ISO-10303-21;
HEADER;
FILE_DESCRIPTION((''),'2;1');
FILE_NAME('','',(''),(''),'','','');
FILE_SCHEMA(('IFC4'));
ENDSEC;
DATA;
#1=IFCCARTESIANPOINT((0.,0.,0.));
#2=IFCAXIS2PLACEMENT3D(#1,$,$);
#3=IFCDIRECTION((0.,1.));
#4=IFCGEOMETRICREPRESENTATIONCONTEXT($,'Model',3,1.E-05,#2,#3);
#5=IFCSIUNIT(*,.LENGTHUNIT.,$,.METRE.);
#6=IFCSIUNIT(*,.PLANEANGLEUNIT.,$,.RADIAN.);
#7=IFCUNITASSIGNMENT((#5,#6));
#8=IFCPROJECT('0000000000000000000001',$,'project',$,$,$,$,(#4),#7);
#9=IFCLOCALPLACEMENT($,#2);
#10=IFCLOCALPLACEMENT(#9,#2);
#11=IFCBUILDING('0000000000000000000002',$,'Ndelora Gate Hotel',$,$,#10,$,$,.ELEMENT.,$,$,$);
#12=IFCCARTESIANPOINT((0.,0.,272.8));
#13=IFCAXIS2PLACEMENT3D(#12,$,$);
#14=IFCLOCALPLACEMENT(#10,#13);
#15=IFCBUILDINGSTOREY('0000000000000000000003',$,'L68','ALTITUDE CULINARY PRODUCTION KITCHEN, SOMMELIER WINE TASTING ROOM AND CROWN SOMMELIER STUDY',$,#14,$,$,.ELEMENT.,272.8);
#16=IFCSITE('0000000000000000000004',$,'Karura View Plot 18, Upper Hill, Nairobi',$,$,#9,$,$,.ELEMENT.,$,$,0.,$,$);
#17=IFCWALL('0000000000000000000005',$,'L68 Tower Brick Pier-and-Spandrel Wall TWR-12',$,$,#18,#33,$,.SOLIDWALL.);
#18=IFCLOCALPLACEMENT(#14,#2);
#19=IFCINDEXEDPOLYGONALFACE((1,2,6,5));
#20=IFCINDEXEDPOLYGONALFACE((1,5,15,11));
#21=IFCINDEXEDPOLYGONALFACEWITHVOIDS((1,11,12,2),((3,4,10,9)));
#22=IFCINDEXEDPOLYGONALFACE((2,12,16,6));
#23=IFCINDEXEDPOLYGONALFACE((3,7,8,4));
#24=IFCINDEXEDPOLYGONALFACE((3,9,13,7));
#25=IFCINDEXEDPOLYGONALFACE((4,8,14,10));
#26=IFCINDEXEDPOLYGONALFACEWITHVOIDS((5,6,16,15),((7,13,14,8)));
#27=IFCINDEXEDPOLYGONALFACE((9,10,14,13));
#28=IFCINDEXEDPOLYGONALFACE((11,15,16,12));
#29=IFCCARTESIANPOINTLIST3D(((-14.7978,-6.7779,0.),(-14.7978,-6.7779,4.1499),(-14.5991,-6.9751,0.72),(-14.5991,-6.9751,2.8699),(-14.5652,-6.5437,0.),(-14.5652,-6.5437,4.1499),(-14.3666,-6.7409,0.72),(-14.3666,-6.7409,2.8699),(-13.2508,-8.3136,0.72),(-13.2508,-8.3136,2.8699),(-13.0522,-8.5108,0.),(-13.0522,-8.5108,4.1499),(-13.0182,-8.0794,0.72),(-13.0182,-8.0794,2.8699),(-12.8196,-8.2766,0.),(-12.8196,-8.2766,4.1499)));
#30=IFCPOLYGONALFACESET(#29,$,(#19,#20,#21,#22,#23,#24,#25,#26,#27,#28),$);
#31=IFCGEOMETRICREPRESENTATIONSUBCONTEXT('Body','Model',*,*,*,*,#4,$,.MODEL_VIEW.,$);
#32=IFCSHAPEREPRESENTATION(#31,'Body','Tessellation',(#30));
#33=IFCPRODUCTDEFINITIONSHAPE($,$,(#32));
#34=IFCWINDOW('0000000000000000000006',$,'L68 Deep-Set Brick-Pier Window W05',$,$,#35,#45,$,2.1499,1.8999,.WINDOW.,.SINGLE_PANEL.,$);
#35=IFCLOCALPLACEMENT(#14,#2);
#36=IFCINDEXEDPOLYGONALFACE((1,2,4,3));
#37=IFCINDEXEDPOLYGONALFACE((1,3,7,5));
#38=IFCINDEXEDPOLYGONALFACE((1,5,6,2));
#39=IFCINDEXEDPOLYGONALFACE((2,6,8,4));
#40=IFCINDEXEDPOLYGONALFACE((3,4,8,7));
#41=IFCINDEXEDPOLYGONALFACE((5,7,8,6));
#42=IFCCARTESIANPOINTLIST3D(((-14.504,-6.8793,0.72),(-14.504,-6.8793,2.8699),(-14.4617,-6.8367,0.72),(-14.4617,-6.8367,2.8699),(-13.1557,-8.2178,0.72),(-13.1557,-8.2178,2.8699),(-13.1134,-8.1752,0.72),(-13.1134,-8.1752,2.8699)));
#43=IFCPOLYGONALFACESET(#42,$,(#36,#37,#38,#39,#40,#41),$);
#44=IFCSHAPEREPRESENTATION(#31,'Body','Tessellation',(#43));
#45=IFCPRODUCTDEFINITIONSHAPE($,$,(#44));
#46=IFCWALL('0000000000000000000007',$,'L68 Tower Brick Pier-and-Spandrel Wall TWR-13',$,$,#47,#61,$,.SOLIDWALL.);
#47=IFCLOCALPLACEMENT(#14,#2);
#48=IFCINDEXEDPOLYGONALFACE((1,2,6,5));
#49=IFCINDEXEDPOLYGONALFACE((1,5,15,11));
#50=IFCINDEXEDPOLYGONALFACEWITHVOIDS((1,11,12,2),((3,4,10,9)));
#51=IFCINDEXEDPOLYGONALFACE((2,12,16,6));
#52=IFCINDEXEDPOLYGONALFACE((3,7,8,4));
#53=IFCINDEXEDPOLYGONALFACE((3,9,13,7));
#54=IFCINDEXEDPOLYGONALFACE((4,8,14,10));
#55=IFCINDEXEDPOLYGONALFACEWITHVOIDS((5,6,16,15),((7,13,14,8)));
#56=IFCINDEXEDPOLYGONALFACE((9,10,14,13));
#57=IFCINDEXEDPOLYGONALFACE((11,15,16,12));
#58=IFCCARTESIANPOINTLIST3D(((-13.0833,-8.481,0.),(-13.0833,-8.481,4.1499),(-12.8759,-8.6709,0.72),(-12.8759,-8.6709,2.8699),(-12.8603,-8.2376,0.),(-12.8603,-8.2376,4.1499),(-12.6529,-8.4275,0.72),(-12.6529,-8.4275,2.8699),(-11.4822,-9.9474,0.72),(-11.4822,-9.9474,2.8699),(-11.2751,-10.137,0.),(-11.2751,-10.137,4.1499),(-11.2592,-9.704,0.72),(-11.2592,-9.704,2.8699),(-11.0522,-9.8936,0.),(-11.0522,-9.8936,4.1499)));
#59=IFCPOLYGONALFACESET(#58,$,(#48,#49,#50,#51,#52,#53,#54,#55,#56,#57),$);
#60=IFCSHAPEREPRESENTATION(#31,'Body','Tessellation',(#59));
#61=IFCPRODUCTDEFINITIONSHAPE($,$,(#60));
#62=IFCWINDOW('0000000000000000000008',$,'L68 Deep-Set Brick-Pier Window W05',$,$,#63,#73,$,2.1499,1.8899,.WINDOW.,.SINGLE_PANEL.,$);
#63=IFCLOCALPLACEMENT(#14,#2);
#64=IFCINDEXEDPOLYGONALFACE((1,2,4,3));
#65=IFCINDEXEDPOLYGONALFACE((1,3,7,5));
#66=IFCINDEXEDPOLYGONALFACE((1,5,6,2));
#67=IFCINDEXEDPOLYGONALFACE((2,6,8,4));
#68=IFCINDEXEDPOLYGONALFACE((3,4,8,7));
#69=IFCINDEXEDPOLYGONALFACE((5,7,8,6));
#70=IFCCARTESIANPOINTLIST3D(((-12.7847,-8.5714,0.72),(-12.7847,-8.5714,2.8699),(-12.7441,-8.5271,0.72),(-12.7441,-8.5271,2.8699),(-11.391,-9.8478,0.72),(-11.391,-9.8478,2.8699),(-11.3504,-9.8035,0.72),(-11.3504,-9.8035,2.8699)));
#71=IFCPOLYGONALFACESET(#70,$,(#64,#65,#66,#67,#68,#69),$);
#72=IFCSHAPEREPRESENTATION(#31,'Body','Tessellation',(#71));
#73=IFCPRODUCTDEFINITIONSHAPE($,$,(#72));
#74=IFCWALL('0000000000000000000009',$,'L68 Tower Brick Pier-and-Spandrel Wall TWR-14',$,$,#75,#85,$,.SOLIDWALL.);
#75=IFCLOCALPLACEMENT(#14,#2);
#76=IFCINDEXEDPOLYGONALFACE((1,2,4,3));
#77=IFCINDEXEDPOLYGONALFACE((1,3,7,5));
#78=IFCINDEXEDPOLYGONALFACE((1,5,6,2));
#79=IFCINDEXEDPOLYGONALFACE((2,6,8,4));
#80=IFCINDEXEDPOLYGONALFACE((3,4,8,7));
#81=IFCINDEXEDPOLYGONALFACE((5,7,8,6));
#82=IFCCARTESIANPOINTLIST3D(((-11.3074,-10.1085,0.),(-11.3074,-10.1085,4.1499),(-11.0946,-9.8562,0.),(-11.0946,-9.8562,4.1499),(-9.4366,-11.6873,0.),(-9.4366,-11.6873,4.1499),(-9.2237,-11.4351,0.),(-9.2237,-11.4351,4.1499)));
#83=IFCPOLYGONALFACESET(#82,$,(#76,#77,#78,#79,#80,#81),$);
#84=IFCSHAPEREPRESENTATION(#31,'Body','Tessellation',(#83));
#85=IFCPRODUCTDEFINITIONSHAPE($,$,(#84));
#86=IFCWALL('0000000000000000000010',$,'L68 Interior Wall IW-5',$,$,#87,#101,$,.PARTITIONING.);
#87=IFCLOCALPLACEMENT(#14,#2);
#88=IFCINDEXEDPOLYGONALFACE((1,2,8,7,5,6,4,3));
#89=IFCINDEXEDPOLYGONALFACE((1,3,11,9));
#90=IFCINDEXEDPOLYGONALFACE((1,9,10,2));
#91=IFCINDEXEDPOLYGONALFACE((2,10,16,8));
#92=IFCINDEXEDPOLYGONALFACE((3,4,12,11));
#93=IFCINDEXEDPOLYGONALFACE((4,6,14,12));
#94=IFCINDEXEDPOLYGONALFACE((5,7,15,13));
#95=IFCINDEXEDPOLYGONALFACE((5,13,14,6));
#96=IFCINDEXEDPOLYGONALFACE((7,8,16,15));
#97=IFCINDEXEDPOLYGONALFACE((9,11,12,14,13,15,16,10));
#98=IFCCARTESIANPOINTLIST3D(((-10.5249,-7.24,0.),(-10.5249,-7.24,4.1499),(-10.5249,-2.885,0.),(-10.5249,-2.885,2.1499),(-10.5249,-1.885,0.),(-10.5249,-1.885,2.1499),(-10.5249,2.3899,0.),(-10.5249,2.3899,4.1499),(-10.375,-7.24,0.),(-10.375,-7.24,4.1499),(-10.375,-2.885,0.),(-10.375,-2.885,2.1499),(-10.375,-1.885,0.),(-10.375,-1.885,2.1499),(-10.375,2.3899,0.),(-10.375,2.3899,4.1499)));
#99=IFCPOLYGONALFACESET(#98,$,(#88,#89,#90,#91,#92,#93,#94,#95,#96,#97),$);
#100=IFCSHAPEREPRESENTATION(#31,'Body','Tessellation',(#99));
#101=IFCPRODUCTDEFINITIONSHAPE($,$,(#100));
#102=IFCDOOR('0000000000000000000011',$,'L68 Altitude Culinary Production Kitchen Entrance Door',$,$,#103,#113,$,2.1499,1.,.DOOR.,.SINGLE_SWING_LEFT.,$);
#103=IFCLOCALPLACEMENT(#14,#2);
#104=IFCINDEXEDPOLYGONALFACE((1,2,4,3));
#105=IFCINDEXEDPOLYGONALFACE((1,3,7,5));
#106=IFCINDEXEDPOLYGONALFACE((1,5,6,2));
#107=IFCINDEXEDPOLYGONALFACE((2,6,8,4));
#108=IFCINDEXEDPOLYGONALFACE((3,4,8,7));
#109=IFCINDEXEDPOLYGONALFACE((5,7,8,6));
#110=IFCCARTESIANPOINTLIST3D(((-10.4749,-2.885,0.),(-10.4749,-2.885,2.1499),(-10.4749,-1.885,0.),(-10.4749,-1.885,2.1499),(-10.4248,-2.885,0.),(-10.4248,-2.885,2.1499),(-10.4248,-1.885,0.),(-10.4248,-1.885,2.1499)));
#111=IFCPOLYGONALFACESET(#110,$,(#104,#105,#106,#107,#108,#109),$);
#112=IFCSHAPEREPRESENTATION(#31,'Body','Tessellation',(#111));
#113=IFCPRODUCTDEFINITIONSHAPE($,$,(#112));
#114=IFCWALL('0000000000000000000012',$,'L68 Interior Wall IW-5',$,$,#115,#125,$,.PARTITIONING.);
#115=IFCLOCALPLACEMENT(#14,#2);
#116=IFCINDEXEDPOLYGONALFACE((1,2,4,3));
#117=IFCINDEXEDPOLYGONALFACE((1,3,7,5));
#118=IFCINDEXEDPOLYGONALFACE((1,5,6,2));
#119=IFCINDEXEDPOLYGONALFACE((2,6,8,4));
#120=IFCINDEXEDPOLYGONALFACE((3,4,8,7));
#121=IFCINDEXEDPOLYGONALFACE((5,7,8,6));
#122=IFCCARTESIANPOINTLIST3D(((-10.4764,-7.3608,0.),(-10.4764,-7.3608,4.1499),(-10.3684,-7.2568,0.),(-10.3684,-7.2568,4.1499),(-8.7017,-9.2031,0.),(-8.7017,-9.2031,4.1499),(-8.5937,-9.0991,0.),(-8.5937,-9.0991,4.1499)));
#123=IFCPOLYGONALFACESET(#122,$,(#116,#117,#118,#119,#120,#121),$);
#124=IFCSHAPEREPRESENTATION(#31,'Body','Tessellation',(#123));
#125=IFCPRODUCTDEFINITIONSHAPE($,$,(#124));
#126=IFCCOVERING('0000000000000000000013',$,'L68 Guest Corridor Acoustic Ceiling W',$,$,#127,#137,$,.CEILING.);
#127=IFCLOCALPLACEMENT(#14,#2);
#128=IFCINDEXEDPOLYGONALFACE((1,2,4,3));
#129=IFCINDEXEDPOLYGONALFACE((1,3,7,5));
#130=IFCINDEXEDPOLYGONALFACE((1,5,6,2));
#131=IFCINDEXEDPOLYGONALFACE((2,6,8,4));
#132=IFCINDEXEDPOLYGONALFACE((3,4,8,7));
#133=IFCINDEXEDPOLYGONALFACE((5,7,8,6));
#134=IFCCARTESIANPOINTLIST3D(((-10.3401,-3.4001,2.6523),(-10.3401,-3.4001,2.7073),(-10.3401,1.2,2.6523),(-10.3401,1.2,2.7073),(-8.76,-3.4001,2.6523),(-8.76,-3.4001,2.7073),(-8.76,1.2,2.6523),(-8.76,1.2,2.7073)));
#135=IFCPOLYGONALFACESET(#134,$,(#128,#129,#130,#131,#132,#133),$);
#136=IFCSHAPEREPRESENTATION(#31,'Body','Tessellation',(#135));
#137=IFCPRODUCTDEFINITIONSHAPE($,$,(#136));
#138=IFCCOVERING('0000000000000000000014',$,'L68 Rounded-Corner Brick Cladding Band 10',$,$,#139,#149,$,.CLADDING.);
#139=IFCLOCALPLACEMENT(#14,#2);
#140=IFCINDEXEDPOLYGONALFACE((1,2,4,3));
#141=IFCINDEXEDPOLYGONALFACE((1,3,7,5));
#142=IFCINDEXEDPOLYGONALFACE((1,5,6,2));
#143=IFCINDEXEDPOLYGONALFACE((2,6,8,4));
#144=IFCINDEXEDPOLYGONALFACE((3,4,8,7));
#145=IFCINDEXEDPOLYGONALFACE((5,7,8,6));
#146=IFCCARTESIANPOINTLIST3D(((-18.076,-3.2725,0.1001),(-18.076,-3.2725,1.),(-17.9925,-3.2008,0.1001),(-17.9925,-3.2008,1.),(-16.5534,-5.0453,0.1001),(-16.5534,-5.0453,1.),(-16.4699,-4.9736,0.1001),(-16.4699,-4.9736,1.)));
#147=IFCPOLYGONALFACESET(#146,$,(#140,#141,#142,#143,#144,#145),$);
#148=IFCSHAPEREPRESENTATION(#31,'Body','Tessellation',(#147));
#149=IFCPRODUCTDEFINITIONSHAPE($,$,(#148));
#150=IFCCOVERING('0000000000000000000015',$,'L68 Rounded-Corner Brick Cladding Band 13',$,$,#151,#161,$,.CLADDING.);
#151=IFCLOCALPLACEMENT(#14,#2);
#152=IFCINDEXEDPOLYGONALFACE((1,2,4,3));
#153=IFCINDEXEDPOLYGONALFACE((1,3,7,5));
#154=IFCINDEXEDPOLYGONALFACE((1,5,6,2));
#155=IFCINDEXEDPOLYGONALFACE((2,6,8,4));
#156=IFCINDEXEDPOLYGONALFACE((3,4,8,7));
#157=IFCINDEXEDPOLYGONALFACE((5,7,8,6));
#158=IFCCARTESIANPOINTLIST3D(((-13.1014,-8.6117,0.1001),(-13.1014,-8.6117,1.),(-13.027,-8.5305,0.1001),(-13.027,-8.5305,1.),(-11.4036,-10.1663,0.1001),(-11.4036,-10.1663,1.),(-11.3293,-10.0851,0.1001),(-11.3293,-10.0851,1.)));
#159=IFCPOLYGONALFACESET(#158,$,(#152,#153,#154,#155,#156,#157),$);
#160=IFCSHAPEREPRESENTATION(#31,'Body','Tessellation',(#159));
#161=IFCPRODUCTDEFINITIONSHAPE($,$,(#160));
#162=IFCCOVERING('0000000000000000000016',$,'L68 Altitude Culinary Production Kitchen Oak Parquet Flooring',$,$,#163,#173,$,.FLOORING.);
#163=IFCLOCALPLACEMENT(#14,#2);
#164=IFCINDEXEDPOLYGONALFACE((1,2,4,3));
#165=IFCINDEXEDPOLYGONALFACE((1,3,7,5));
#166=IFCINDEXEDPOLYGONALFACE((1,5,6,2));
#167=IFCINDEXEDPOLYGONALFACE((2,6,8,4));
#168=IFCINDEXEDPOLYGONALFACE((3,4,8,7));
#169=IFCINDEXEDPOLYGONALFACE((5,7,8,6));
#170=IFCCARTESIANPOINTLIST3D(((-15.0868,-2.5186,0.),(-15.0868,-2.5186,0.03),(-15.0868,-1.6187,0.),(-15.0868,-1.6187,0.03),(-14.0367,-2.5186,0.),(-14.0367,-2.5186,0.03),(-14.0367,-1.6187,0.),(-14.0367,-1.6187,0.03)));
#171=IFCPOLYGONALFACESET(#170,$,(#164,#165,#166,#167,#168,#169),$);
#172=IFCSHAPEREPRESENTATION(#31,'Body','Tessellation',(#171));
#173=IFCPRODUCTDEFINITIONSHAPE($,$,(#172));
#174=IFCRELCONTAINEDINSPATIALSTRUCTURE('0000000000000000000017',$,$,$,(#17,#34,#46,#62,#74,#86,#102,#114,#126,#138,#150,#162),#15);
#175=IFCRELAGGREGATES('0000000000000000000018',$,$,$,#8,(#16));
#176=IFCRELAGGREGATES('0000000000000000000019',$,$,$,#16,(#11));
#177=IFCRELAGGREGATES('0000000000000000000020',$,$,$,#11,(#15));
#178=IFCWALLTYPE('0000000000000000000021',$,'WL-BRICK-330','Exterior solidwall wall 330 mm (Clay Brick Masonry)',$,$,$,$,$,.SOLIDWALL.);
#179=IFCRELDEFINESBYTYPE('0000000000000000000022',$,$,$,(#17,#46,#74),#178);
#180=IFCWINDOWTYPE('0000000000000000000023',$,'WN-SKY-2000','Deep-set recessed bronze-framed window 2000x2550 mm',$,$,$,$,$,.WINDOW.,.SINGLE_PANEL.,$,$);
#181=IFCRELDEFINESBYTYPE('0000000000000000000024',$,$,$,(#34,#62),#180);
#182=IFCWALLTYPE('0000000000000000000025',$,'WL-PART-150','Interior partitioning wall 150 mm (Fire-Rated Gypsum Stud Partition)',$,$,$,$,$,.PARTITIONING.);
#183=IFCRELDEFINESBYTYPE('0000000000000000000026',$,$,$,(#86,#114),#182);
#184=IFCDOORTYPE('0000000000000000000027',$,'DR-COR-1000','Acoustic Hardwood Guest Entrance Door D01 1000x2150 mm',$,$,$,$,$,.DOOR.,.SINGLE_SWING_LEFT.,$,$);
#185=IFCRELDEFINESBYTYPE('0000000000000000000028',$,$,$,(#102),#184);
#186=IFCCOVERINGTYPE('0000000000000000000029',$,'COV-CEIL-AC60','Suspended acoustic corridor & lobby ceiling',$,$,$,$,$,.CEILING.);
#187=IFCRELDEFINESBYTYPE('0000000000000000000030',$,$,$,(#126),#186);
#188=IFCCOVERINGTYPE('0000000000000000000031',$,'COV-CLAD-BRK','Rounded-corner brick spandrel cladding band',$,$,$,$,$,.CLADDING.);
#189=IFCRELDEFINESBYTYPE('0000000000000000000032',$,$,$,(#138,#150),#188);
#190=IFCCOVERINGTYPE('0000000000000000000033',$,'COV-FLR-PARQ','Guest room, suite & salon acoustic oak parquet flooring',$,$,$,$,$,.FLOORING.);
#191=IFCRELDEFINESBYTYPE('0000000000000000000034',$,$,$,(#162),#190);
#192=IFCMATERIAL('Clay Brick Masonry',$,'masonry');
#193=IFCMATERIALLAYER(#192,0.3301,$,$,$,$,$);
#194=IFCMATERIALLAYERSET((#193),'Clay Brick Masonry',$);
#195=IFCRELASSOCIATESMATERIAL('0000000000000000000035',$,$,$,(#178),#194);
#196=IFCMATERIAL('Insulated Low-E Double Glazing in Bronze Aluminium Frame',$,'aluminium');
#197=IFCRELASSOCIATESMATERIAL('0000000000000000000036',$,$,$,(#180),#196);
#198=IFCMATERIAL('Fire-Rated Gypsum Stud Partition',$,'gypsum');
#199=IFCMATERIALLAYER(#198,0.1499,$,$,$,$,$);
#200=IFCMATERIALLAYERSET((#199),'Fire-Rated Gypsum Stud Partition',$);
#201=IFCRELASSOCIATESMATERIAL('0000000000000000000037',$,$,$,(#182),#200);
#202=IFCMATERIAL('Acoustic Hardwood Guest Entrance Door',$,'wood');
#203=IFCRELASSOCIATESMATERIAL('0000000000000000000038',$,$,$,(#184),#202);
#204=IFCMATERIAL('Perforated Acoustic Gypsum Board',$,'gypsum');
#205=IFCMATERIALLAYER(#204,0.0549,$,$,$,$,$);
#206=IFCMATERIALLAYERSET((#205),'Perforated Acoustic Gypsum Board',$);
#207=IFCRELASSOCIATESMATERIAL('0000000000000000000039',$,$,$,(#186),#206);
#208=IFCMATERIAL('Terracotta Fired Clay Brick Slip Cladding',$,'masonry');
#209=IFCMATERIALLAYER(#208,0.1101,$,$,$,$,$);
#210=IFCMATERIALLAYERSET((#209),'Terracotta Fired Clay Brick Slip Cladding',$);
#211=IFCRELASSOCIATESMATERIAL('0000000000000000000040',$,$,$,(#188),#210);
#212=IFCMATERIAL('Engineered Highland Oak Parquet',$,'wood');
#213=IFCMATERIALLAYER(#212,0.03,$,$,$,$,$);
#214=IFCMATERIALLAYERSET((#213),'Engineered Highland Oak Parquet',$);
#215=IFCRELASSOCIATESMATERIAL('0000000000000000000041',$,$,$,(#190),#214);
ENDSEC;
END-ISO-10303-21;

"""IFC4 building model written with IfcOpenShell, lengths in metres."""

from ifc_helpers import new_model, si_unit, direction, frame, frame_2d, origin, origin_2d, place, context, subcontext, project, spatial, rectangle, extrude, material, layer, layer_set, type_object, element, fill, save


model = new_model("IFC4")

# Units and contexts
model_context = context("Model", 3, precision=1e-05, world=origin(), true_north=direction((0.0, 1.0)))
body_context = subcontext(model_context, "Body", "Model", "MODEL_VIEW")
ifc_project = project(units=[si_unit("LENGTHUNIT", "METRE"), si_unit("PLANEANGLEUNIT", "RADIAN")], contexts=[model_context])

# Site, building, storey
site_placement = place(None, origin())
site = spatial("IfcSite", under=ifc_project, at=site_placement, Name="Karura View Plot 18, Upper Hill, Nairobi", CompositionType="ELEMENT", RefElevation=0.0)
building_placement = place(site_placement, origin())
building = spatial("IfcBuilding", under=site, at=building_placement, Name="Ndelora Gate Hotel", CompositionType="ELEMENT")
storey_placement = place(building_placement, frame((0.0, 0.0, 272.8)))
storey = spatial("IfcBuildingStorey", under=building, at=storey_placement, Name="L68", Description="ALTITUDE CULINARY PRODUCTION KITCHEN, SOMMELIER WINE TASTING ROOM AND CROWN SOMMELIER STUDY", CompositionType="ELEMENT", Elevation=272.8)

# Shared definitions
ifc_material_1 = material(Name="Clay Brick Masonry", Category="masonry")
ifc_layer_1 = layer(ifc_material_1, 0.3301)
ifc_layer_set_1 = layer_set([ifc_layer_1], Name="Clay Brick Masonry")
wall_type_1 = type_object("IfcWallType", Name="WL-BRICK-330", Description="Exterior solidwall wall 330 mm (Clay Brick Masonry)", PredefinedType="SOLIDWALL", material=ifc_layer_set_1)
ifc_material_2 = material(Name="Insulated Low-E Double Glazing in Bronze Aluminium Frame", Category="aluminium")
window_type = type_object("IfcWindowType", Name="WN-SKY-2000", Description="Deep-set recessed bronze-framed window 2000x2550 mm", PartitioningType="SINGLE_PANEL", PredefinedType="WINDOW", material=ifc_material_2)

# Walls, openings, windows
wall_1_placement = place(storey_placement, frame((-12.9358, -8.3938, 0.0), z_axis=(0.0, 0.0, 1.0), x_axis=(-0.709683, 0.704521, 0.0)))
wall_1 = element("IfcWall", 1, at=wall_1_placement, inside=storey, type_object=wall_type_1, Name="L68 Tower Brick Pier-and-Spandrel Wall TWR-12", PredefinedType="SOLIDWALL", context=body_context, shape_type="SweptSolid", body=[
    extrude(rectangle(XDim=2.4597, YDim=0.3301, at=frame_2d((1.23, 0.0))), origin(), (0.0, 0.0, 1.0), 4.1499),
])
opening_1_placement = place(wall_1_placement, frame((0.28, 0.0, 0.72)))
opening_1 = element("IfcOpeningElement", 2, at=opening_1_placement, cuts=wall_1, PredefinedType="OPENING", context=body_context, shape_type="SweptSolid", body=[
    extrude(rectangle(XDim=1.8999, YDim=2.1499, at=frame_2d((0.95, 1.075))), frame((0.0, 0.175, 0.0), z_axis=(0.0, -1.0, 0.0), x_axis=(1.0, 0.0, 0.0)), (0.0, 0.0, 1.0), 0.3501),
])
window_1_placement = place(opening_1_placement, origin())
window_1 = element("IfcWindow", 3, at=window_1_placement, inside=storey, type_object=window_type, Name="L68 Deep-Set Brick-Pier Window W05", OverallHeight=2.1499, OverallWidth=1.8999, PartitioningType="SINGLE_PANEL", PredefinedType="WINDOW", context=body_context, shape_type="SweptSolid", body=[
    extrude(rectangle(XDim=1.8999, YDim=2.1499, at=frame_2d((0.95, 1.075))), frame((0.0, 0.03, 0.0), z_axis=(0.0, -1.0, 0.0), x_axis=(1.0, 0.0, 0.0)), (0.0, 0.0, 1.0), 0.0601),
])
fill(opening_1, window_1)
wall_2_placement = place(storey_placement, frame((-11.1636, -10.0154, 0.0), z_axis=(0.0, 0.0, 1.0), x_axis=(-0.737443, 0.675409, 0.0)))
wall_2 = element("IfcWall", 4, at=wall_2_placement, inside=storey, type_object=wall_type_1, Name="L68 Tower Brick Pier-and-Spandrel Wall TWR-13", PredefinedType="SOLIDWALL", context=body_context, shape_type="SweptSolid", body=[
    extrude(rectangle(XDim=2.4519, YDim=0.3301, at=frame_2d((1.2261, 0.0))), origin(), (0.0, 0.0, 1.0), 4.1499),
])
opening_2_placement = place(wall_2_placement, frame((0.281, 0.0, 0.72)))
opening_2 = element("IfcOpeningElement", 5, at=opening_2_placement, cuts=wall_2, PredefinedType="OPENING", context=body_context, shape_type="SweptSolid", body=[
    extrude(rectangle(XDim=1.8899, YDim=2.1499, at=frame_2d((0.9448, 1.075))), frame((0.0, 0.175, 0.0), z_axis=(0.0, -1.0, 0.0), x_axis=(1.0, 0.0, 0.0)), (0.0, 0.0, 1.0), 0.3501),
])
window_2_placement = place(opening_2_placement, origin())
window_2 = element("IfcWindow", 6, at=window_2_placement, inside=storey, type_object=window_type, Name="L68 Deep-Set Brick-Pier Window W05", OverallHeight=2.1499, OverallWidth=1.8899, PartitioningType="SINGLE_PANEL", PredefinedType="WINDOW", context=body_context, shape_type="SweptSolid", body=[
    extrude(rectangle(XDim=1.8899, YDim=2.1499, at=frame_2d((0.9448, 1.075))), frame((0.0, 0.03, 0.0), z_axis=(0.0, -1.0, 0.0), x_axis=(1.0, 0.0, 0.0)), (0.0, 0.0, 1.0), 0.0601),
])
fill(opening_2, window_2)

# Wall
wall_3_placement = place(storey_placement, frame((-9.3301, -11.5613, 0.0), z_axis=(0.0, 0.0, 1.0), x_axis=(-0.764225, 0.644949, 0.0)))
element("IfcWall", 7, at=wall_3_placement, inside=storey, type_object=wall_type_1, Name="L68 Tower Brick Pier-and-Spandrel Wall TWR-14", PredefinedType="SOLIDWALL", context=body_context, shape_type="SweptSolid", body=[
    extrude(rectangle(XDim=2.448, YDim=0.3301, at=frame_2d((1.2241, 0.0))), origin(), (0.0, 0.0, 1.0), 4.1499),
])

# Wall, opening, door
ifc_material_3 = material(Name="Fire-Rated Gypsum Stud Partition", Category="gypsum")
ifc_layer_2 = layer(ifc_material_3, 0.1499)
ifc_layer_set_2 = layer_set([ifc_layer_2], Name="Fire-Rated Gypsum Stud Partition")
wall_type_2 = type_object("IfcWallType", Name="WL-PART-150", Description="Interior partitioning wall 150 mm (Fire-Rated Gypsum Stud Partition)", PredefinedType="PARTITIONING", material=ifc_layer_set_2)
wall_4_placement = place(storey_placement, frame((-10.45, -7.24, 0.0), z_axis=(0.0, 0.0, 1.0), x_axis=(0.0, 1.0, 0.0)))
wall_4 = element("IfcWall", 8, at=wall_4_placement, inside=storey, type_object=wall_type_2, Name="L68 Interior Wall IW-5", PredefinedType="PARTITIONING", context=body_context, shape_type="SweptSolid", body=[
    extrude(rectangle(XDim=9.6299, YDim=0.1499, at=frame_2d((4.8149, 0.0))), origin(), (0.0, 0.0, 1.0), 4.1499),
])
opening_3_placement = place(wall_4_placement, frame((4.355, 0.0, 0.0)))
opening_3 = element("IfcOpeningElement", 9, at=opening_3_placement, cuts=wall_4, PredefinedType="OPENING", context=body_context, shape_type="SweptSolid", body=[
    extrude(rectangle(XDim=1.0, YDim=2.1499, at=frame_2d((0.5, 1.075))), frame((0.0, 0.085, 0.0), z_axis=(0.0, -1.0, 0.0), x_axis=(1.0, 0.0, 0.0)), (0.0, 0.0, 1.0), 0.1699),
])
ifc_material_4 = material(Name="Acoustic Hardwood Guest Entrance Door", Category="wood")
door_type = type_object("IfcDoorType", Name="DR-COR-1000", Description="Acoustic Hardwood Guest Entrance Door D01 1000x2150 mm", OperationType="SINGLE_SWING_LEFT", PredefinedType="DOOR", material=ifc_material_4)
door_placement = place(opening_3_placement, origin())
door = element("IfcDoor", 10, at=door_placement, inside=storey, type_object=door_type, Name="L68 Altitude Culinary Production Kitchen Entrance Door", OperationType="SINGLE_SWING_LEFT", OverallHeight=2.1499, OverallWidth=1.0, PredefinedType="DOOR", context=body_context, shape_type="SweptSolid", body=[
    extrude(rectangle(XDim=1.0, YDim=2.1499, at=frame_2d((0.5, 1.075))), frame((0.0, 0.0249, 0.0), z_axis=(0.0, -1.0, 0.0), x_axis=(1.0, 0.0, 0.0)), (0.0, 0.0, 1.0), 0.05),
])
fill(opening_3, door)

# Wall
wall_5_placement = place(storey_placement, frame((-8.6477, -9.1511, 0.0), z_axis=(0.0, 0.0, 1.0), x_axis=(-0.693765, 0.720202, 0.0)))
element("IfcWall", 11, at=wall_5_placement, inside=storey, type_object=wall_type_2, Name="L68 Interior Wall IW-5", PredefinedType="PARTITIONING", context=body_context, shape_type="SweptSolid", body=[
    extrude(rectangle(XDim=2.5581, YDim=0.1499, at=frame_2d((1.2791, 0.0))), origin(), (0.0, 0.0, 1.0), 4.1499),
])

# Coverings
ifc_material_5 = material(Name="Perforated Acoustic Gypsum Board", Category="gypsum")
ifc_layer_3 = layer(ifc_material_5, 0.0549)
ifc_layer_set_3 = layer_set([ifc_layer_3], Name="Perforated Acoustic Gypsum Board")
covering_type_1 = type_object("IfcCoveringType", Name="COV-CEIL-AC60", Description="Suspended acoustic corridor & lobby ceiling", PredefinedType="CEILING", material=ifc_layer_set_3)
covering_1_placement = place(storey_placement, frame((-9.55, -1.1001, 2.6523), z_axis=(0.0, 0.0, 1.0), x_axis=(1.0, 0.0, 0.0)))
element("IfcCovering", 12, at=covering_1_placement, inside=storey, type_object=covering_type_1, Name="L68 Guest Corridor Acoustic Ceiling W", PredefinedType="CEILING", context=body_context, shape_type="SweptSolid", body=[
    extrude(rectangle(XDim=1.5801, YDim=4.6001, at=origin_2d()), origin(), (0.0, 0.0, 1.0), 0.0549),
])
ifc_material_6 = material(Name="Terracotta Fired Clay Brick Slip Cladding", Category="masonry")
ifc_layer_4 = layer(ifc_material_6, 0.1101)
ifc_layer_set_4 = layer_set([ifc_layer_4], Name="Terracotta Fired Clay Brick Slip Cladding")
covering_type_2 = type_object("IfcCoveringType", Name="COV-CLAD-BRK", Description="Rounded-corner brick spandrel cladding band", PredefinedType="CLADDING", material=ifc_layer_set_4)
covering_2_placement = place(storey_placement, frame((-17.2729, -4.123, 0.1001), z_axis=(0.0, 0.0, 1.0), x_axis=(-0.651569, 0.758589, 0.0)))
element("IfcCovering", 13, at=covering_2_placement, inside=storey, type_object=covering_type_2, Name="L68 Rounded-Corner Brick Cladding Band 10", PredefinedType="CLADDING", context=body_context, shape_type="SweptSolid", body=[
    extrude(rectangle(XDim=2.3369, YDim=0.1101, at=origin_2d()), origin(), (0.0, 0.0, 1.0), 0.8999),
])
covering_3_placement = place(storey_placement, frame((-12.2153, -9.3484, 0.1001), z_axis=(0.0, 0.0, 1.0), x_axis=(-0.737513, 0.675333, 0.0)))
element("IfcCovering", 14, at=covering_3_placement, inside=storey, type_object=covering_type_2, Name="L68 Rounded-Corner Brick Cladding Band 13", PredefinedType="CLADDING", context=body_context, shape_type="SweptSolid", body=[
    extrude(rectangle(XDim=2.302, YDim=0.1101, at=origin_2d()), origin(), (0.0, 0.0, 1.0), 0.8999),
])
ifc_material_7 = material(Name="Engineered Highland Oak Parquet", Category="wood")
ifc_layer_5 = layer(ifc_material_7, 0.03)
ifc_layer_set_5 = layer_set([ifc_layer_5], Name="Engineered Highland Oak Parquet")
covering_type_3 = type_object("IfcCoveringType", Name="COV-FLR-PARQ", Description="Guest room, suite & salon acoustic oak parquet flooring", PredefinedType="FLOORING", material=ifc_layer_set_5)
covering_4_placement = place(storey_placement, frame((-14.5618, -2.0686, 0.0), z_axis=(0.0, 0.0, 1.0), x_axis=(1.0, 0.0, 0.0)))
element("IfcCovering", 15, at=covering_4_placement, inside=storey, type_object=covering_type_3, Name="L68 Altitude Culinary Production Kitchen Oak Parquet Flooring", PredefinedType="FLOORING", context=body_context, shape_type="SweptSolid", body=[
    extrude(rectangle(XDim=1.05, YDim=0.8999, at=origin_2d()), origin(), (0.0, 0.0, 1.0), 0.03),
])

save(model, "model.ifc")
